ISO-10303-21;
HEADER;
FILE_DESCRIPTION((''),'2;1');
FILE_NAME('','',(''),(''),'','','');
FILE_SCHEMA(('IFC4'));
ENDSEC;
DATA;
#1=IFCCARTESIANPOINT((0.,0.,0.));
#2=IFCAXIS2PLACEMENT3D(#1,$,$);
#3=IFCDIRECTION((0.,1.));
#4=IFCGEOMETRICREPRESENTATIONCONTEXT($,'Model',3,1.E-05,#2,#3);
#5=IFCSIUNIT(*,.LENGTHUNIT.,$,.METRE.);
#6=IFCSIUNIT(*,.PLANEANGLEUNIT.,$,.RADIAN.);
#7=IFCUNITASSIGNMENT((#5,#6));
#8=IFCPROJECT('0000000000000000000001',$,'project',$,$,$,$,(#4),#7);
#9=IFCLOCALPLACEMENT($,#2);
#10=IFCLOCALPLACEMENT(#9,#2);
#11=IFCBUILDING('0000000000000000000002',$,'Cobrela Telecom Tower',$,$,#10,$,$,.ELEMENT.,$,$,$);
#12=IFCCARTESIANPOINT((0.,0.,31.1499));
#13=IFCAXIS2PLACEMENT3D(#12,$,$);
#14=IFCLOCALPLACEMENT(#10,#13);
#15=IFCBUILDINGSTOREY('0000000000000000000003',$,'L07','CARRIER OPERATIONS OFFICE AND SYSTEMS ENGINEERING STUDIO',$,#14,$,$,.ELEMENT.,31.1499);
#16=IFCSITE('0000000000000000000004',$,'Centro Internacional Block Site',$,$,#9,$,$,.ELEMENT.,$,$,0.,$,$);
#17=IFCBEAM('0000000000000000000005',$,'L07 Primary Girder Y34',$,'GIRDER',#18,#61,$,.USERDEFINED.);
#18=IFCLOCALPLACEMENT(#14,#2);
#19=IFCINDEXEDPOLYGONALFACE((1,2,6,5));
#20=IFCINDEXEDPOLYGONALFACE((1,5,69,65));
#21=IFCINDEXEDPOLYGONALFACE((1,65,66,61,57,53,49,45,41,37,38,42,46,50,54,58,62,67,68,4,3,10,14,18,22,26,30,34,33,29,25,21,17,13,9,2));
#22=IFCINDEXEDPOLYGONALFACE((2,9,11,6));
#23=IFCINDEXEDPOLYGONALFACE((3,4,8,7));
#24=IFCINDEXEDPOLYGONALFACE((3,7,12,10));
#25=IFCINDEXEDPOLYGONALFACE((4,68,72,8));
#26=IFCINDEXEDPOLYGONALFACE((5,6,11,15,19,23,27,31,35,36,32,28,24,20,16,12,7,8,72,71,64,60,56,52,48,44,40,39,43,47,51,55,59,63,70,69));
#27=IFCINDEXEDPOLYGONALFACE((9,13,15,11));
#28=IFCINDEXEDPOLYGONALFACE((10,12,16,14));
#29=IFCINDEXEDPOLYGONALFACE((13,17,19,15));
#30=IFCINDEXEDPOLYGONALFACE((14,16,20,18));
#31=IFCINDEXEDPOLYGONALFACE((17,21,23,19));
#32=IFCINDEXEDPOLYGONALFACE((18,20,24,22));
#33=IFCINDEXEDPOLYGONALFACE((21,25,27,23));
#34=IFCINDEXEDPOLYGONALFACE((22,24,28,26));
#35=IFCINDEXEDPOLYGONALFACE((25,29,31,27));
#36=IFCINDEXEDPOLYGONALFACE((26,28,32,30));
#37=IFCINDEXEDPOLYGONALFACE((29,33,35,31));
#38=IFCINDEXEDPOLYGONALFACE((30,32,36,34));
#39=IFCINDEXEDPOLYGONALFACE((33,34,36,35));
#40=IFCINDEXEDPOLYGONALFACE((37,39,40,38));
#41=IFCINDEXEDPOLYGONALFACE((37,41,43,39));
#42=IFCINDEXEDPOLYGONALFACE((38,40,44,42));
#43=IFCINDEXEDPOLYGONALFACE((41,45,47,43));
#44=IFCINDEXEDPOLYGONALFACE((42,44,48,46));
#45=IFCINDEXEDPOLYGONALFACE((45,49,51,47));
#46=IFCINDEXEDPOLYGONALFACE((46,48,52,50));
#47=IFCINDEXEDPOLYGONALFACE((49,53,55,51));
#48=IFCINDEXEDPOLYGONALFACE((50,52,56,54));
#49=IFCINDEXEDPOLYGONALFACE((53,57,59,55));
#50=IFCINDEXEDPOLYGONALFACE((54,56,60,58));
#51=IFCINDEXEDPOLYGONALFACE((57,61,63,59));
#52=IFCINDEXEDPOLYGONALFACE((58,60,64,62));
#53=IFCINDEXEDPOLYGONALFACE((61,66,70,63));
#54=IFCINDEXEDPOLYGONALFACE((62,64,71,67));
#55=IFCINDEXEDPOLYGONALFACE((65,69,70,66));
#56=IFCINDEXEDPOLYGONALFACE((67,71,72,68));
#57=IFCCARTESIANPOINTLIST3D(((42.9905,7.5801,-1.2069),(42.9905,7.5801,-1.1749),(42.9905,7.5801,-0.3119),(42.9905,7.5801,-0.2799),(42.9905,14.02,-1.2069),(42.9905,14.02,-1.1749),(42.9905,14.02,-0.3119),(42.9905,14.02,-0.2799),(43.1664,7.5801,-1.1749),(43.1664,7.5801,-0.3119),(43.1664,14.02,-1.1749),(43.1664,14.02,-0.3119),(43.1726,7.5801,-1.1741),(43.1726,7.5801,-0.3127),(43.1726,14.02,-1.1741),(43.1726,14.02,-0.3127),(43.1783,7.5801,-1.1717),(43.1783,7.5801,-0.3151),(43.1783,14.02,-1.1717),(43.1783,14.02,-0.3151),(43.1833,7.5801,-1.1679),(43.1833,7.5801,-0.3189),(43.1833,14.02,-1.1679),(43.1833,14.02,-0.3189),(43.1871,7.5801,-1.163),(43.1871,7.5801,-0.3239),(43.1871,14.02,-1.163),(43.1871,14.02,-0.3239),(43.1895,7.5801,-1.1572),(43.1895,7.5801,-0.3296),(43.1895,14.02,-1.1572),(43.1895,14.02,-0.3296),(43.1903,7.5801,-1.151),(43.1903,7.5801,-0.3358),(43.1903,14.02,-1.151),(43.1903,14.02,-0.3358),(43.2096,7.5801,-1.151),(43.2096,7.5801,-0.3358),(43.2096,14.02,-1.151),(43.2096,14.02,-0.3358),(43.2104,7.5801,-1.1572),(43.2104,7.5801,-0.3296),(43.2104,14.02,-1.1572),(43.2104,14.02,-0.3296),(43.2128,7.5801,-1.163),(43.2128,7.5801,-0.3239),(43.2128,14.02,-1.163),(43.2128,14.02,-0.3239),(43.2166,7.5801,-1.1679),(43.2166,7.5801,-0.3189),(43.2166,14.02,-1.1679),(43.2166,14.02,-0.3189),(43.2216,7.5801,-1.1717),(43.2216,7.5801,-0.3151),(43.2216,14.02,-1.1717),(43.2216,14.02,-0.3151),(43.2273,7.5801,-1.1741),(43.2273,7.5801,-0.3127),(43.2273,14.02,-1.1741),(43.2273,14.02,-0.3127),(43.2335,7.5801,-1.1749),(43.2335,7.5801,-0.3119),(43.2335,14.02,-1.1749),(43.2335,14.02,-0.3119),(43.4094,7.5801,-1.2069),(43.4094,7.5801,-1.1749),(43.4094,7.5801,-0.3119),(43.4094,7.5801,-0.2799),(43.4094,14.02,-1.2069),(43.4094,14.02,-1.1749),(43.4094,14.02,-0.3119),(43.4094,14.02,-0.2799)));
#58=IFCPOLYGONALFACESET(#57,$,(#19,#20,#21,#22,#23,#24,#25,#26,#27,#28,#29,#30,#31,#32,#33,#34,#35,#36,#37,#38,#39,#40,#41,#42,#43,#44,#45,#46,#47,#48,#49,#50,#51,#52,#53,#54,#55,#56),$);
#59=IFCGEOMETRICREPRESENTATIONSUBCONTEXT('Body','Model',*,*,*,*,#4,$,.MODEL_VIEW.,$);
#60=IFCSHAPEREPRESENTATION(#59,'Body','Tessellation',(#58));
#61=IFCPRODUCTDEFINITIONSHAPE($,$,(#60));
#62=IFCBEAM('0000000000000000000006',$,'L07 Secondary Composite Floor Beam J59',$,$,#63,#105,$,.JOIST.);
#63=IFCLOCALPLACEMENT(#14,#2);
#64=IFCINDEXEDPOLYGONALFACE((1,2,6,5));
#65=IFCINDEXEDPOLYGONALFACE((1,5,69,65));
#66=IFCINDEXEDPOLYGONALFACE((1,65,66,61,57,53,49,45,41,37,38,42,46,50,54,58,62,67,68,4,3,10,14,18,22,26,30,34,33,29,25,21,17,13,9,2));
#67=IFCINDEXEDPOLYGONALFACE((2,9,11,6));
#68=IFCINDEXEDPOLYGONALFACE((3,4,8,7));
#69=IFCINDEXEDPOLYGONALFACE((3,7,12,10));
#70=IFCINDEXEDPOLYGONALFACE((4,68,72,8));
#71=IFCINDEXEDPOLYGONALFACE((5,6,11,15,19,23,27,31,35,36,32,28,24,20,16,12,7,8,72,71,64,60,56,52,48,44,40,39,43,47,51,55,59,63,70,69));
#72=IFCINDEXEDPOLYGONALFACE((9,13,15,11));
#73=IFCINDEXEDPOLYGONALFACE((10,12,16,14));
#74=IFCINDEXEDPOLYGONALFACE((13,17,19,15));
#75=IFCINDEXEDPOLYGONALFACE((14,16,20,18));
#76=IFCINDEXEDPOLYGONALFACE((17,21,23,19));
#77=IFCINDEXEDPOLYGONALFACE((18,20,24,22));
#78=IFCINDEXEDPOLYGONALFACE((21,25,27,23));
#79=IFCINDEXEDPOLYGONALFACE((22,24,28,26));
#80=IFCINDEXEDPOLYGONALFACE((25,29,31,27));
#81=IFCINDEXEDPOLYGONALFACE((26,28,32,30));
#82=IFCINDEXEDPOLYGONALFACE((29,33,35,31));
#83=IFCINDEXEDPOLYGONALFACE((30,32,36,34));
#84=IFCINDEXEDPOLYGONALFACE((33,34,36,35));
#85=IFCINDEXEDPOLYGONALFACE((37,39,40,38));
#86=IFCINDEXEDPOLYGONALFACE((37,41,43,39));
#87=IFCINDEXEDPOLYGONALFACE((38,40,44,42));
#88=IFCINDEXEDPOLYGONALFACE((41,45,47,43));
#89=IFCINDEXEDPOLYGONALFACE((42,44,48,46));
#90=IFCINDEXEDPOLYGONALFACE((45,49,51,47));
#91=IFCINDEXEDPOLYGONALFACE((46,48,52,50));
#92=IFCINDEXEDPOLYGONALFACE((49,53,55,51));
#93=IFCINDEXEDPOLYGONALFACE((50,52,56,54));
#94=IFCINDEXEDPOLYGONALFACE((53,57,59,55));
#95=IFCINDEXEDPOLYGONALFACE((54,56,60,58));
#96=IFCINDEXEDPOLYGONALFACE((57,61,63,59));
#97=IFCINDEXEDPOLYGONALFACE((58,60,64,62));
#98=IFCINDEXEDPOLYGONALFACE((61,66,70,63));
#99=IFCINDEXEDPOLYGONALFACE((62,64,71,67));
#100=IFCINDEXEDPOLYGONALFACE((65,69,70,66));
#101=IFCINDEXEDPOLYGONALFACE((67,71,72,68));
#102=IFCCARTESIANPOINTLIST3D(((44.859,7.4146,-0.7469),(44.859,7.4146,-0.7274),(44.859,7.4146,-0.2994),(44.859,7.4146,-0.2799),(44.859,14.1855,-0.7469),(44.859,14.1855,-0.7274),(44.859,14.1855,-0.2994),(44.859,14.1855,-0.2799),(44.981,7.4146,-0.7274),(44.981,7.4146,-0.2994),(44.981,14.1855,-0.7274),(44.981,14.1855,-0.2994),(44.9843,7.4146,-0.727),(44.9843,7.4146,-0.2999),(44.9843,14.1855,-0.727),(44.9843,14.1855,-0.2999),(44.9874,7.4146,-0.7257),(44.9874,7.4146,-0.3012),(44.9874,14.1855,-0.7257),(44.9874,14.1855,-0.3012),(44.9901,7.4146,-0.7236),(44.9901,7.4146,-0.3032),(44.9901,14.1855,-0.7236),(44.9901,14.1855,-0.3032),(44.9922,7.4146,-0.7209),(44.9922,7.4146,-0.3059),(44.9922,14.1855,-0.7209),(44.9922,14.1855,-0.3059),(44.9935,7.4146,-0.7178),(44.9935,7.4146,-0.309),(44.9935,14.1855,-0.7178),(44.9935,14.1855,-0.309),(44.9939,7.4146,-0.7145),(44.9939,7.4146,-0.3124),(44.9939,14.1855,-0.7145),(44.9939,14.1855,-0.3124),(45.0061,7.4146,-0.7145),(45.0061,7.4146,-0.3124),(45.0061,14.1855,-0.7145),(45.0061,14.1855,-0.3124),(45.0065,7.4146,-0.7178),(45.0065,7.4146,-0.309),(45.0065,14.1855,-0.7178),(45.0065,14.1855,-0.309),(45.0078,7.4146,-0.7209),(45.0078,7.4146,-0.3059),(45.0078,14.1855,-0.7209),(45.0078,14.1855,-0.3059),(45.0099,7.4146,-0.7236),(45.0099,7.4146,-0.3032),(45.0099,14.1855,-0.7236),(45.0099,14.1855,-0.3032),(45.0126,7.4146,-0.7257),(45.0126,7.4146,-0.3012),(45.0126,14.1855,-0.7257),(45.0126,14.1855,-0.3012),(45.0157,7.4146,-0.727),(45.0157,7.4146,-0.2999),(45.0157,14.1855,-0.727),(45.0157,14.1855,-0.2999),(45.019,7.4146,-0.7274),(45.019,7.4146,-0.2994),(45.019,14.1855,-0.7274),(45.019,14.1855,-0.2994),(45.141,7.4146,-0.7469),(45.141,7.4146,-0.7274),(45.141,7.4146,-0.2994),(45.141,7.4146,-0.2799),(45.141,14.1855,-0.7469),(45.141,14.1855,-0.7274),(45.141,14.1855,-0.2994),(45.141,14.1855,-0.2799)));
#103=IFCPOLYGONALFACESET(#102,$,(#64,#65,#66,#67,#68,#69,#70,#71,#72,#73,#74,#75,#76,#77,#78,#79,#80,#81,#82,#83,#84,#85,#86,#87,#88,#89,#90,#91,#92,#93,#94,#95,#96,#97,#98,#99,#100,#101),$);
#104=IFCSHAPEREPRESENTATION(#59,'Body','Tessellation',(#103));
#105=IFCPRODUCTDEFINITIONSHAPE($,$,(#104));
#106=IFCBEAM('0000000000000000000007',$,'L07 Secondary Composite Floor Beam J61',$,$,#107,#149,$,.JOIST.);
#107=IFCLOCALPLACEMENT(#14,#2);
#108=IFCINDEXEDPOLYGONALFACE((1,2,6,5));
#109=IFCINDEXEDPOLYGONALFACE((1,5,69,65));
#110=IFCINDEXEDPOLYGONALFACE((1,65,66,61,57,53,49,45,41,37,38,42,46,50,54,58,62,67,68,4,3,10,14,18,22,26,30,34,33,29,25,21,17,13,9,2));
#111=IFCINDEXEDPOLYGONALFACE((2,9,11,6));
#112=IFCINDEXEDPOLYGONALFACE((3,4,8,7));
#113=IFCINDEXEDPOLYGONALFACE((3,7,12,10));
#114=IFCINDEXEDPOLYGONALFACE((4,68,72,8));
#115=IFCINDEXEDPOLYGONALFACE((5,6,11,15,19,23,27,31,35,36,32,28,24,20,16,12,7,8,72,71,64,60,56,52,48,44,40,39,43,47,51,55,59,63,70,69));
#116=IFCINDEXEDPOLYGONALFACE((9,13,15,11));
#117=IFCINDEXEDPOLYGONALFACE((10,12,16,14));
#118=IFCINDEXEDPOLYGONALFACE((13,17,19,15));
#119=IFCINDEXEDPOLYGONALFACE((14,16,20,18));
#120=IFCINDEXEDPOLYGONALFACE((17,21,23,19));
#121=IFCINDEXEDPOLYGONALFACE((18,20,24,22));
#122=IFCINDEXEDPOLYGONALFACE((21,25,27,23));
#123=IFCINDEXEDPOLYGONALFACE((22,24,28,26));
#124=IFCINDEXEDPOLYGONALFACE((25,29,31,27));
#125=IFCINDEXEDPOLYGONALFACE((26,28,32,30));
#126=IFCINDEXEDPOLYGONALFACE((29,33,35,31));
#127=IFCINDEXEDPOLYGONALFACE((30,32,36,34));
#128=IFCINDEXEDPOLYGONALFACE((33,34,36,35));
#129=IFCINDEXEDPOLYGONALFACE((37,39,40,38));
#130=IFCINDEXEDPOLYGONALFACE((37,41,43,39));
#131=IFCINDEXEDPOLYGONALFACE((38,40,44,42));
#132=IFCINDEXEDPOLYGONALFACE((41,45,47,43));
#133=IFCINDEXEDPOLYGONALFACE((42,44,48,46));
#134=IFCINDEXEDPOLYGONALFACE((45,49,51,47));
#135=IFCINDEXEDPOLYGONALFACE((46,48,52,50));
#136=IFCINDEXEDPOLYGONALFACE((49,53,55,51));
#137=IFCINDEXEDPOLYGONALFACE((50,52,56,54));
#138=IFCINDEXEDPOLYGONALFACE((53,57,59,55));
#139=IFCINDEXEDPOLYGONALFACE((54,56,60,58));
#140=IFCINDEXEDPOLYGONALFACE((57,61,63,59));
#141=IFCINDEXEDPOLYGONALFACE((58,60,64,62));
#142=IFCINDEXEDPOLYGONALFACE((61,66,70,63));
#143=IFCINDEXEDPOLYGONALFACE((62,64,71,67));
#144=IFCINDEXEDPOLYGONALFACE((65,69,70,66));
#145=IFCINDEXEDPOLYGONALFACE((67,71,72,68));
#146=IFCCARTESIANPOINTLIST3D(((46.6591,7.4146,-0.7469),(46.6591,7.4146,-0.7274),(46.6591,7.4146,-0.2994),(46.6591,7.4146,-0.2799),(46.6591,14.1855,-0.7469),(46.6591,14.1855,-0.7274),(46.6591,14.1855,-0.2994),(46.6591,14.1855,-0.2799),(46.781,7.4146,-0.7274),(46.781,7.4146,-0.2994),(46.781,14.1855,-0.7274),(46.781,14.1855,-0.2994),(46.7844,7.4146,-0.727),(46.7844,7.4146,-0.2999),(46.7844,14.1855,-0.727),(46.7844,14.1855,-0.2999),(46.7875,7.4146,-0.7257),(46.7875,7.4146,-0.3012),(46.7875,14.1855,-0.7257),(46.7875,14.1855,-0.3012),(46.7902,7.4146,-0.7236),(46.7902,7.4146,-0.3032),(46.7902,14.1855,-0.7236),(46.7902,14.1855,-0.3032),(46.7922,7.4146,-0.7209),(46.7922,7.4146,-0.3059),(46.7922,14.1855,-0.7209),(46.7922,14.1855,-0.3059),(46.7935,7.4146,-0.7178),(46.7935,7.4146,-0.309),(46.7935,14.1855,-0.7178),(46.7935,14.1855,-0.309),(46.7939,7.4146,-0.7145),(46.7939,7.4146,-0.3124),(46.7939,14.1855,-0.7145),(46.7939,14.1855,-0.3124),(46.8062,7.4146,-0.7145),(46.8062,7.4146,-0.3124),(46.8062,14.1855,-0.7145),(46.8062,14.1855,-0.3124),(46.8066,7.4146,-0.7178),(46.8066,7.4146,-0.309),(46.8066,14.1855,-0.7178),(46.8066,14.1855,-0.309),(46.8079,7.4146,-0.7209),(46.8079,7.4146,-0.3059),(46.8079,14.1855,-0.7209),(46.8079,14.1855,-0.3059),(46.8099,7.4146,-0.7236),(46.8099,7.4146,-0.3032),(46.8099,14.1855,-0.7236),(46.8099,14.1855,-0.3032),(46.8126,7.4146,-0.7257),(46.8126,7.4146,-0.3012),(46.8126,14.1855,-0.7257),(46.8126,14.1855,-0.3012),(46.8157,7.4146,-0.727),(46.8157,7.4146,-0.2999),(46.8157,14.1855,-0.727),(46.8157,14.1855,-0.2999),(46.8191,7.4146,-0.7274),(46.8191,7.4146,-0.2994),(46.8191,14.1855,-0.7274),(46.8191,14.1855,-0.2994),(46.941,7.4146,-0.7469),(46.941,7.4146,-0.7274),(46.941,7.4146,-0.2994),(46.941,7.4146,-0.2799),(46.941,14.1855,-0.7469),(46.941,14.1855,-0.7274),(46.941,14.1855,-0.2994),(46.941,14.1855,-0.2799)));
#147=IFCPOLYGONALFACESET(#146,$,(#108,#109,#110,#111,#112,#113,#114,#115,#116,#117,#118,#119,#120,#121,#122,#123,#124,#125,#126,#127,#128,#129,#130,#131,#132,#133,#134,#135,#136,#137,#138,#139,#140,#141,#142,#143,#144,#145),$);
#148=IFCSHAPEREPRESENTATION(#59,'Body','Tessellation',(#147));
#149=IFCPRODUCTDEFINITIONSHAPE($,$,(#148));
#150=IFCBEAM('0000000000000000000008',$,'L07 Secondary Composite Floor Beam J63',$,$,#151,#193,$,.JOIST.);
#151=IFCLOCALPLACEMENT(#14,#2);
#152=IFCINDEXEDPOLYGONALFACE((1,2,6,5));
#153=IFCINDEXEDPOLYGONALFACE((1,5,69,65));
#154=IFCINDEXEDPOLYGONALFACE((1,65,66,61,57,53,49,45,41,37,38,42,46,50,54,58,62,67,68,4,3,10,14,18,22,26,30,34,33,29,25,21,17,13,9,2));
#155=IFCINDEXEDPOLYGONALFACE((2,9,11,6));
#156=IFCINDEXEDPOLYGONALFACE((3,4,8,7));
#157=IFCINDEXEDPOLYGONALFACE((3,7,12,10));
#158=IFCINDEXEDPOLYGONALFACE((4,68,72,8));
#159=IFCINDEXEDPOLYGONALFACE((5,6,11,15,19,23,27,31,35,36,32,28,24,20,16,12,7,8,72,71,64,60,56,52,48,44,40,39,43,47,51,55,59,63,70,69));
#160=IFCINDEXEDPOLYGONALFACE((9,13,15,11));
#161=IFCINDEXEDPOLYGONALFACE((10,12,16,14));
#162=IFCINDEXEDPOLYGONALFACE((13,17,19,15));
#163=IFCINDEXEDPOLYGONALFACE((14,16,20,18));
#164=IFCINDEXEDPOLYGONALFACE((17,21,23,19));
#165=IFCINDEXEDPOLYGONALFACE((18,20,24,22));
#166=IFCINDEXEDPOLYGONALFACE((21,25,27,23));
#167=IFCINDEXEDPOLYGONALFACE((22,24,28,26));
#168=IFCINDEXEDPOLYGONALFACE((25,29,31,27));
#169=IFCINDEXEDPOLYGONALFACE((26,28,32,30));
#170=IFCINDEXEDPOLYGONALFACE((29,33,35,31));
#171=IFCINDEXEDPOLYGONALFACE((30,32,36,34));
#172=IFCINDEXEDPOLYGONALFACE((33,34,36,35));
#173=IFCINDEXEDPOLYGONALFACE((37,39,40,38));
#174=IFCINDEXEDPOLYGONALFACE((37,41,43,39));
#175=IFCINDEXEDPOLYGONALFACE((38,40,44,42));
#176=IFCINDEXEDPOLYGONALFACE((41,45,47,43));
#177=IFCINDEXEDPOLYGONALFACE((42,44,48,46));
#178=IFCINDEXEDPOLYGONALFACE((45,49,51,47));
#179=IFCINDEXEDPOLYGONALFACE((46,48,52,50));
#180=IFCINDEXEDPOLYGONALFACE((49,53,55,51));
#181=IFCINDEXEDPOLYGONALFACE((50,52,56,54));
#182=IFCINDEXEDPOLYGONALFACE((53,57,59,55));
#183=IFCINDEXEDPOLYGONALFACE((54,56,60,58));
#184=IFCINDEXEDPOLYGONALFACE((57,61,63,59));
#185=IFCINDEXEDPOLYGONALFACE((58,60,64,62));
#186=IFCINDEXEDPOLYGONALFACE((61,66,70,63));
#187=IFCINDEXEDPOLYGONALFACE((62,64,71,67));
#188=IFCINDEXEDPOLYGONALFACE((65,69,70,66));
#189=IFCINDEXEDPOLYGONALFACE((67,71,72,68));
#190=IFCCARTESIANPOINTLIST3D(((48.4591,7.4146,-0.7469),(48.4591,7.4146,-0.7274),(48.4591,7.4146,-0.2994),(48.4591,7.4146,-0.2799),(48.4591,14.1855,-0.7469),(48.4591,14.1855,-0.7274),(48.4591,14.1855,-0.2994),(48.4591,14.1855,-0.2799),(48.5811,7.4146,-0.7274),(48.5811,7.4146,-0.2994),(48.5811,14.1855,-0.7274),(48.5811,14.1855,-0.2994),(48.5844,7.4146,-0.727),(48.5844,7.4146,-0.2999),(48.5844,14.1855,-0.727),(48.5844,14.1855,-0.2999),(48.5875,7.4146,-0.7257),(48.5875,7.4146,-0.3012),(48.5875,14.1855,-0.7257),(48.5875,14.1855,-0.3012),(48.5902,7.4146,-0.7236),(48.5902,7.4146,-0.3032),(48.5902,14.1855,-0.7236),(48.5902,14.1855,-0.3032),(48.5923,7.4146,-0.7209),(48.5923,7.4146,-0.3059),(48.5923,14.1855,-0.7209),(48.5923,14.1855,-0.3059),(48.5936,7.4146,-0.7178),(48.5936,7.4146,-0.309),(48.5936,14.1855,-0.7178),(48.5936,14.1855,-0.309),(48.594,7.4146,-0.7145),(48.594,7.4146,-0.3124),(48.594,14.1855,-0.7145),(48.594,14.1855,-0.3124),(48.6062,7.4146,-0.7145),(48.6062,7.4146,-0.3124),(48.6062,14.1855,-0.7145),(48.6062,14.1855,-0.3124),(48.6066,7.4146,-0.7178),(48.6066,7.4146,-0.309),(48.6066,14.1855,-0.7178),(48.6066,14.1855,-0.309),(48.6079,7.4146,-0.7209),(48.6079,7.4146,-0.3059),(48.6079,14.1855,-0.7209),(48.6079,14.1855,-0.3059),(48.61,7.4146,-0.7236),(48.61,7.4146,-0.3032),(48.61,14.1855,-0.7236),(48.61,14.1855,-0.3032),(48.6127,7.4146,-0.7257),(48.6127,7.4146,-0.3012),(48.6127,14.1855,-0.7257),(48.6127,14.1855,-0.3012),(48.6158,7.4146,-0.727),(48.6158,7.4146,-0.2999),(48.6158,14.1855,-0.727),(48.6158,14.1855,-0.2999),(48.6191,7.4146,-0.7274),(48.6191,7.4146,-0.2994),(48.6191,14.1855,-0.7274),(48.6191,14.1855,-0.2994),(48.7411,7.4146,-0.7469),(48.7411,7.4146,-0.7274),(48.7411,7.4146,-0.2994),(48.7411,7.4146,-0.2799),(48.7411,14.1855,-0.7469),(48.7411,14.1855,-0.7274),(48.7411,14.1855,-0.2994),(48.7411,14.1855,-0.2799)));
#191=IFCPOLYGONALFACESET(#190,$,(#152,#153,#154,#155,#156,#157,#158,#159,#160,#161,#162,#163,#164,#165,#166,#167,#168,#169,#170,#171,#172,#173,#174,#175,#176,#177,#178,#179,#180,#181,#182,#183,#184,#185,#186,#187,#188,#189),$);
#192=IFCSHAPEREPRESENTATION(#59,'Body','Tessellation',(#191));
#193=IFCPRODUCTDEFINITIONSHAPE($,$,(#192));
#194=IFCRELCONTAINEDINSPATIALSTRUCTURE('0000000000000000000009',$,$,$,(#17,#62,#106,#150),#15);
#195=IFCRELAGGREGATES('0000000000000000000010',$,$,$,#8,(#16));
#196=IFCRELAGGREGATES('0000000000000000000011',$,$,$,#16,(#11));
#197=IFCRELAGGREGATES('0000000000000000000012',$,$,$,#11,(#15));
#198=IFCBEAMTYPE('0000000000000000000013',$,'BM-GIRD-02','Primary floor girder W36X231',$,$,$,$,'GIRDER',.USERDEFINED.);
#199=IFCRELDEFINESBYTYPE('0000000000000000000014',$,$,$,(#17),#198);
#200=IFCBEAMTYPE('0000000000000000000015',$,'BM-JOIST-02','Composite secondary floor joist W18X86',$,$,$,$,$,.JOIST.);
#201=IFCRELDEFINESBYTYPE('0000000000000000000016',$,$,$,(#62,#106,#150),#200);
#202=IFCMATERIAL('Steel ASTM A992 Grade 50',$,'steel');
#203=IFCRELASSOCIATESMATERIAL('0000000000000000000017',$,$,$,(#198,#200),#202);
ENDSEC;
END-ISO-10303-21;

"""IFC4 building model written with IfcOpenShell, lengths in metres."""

from ifc_helpers import new_model, si_unit, direction, frame, origin, origin_2d, place, context, subcontext, project, spatial, i_section, extrude, material, material_profile, profile_set, type_object, element, save


model = new_model("IFC4")

# Units and contexts
model_context = context("Model", 3, precision=1e-05, world=origin(), true_north=direction((0.0, 1.0)))
body_context = subcontext(model_context, "Body", "Model", "MODEL_VIEW")
ifc_project = project(units=[si_unit("LENGTHUNIT", "METRE"), si_unit("PLANEANGLEUNIT", "RADIAN")], contexts=[model_context])

# Site, building, storey
site_placement = place(None, origin())
site = spatial("IfcSite", under=ifc_project, at=site_placement, Name="Centro Internacional Block Site", CompositionType="ELEMENT", RefElevation=0.0)
building_placement = place(site_placement, origin())
building = spatial("IfcBuilding", under=site, at=building_placement, Name="Cobrela Telecom Tower", CompositionType="ELEMENT")
storey_placement = place(building_placement, frame((0.0, 0.0, 31.1499)))
storey = spatial("IfcBuildingStorey", under=building, at=storey_placement, Name="L07", Description="CARRIER OPERATIONS OFFICE AND SYSTEMS ENGINEERING STUDIO", CompositionType="ELEMENT", Elevation=31.1499)

# Shared definitions
ifc_material_1 = material(Name="Steel ASTM A992 Grade 50", Category="steel")

# Beams
ifc_material_profile_1 = material_profile(ifc_material_1, i_section(OverallWidth=0.4189, OverallDepth=0.927, WebThickness=0.0193, FlangeThickness=0.032, FilletRadius=0.0239, at=origin_2d()), Name="W36X231")
ifc_profile_set_1 = profile_set([ifc_material_profile_1], Name="Steel ASTM A992 Grade 50")
beam_type_1 = type_object("IfcBeamType", Name="BM-GIRD-02", Description="Primary floor girder W36X231", ElementType="GIRDER", PredefinedType="USERDEFINED", material=ifc_profile_set_1)
beam_1_placement = place(storey_placement, frame((43.2, 7.5801, -0.7434), z_axis=(0.0, 1.0, 0.0), x_axis=(-1.0, 0.0, 0.0)))
element("IfcBeam", 1, at=beam_1_placement, inside=storey, type_object=beam_type_1, Name="L07 Primary Girder Y34", ObjectType="GIRDER", PredefinedType="USERDEFINED", context=body_context, shape_type="SweptSolid", body=[
    extrude(i_section(OverallWidth=0.4189, OverallDepth=0.927, WebThickness=0.0193, FlangeThickness=0.032, FilletRadius=0.0239, at=origin_2d()), origin(), (0.0, 0.0, 1.0), 6.4399),
])
ifc_material_profile_2 = material_profile(ifc_material_1, i_section(OverallWidth=0.282, OverallDepth=0.467, WebThickness=0.0122, FlangeThickness=0.0195, FilletRadius=0.0129, at=origin_2d()), Name="W18X86")
ifc_profile_set_2 = profile_set([ifc_material_profile_2], Name="Steel ASTM A992 Grade 50")
beam_type_2 = type_object("IfcBeamType", Name="BM-JOIST-02", Description="Composite secondary floor joist W18X86", PredefinedType="JOIST", material=ifc_profile_set_2)
for number, where, z_axis, x_axis, name in (
    (2, (45.0, 7.4146, -0.5134), (0.0, 1.0, 0.0), (-1.0, 0.0, 0.0), "L07 Secondary Composite Floor Beam J59"),
    (3, (46.8, 7.4146, -0.5134), (0.0, 1.0, 0.0), (-1.0, 0.0, 0.0), "L07 Secondary Composite Floor Beam J61"),
    (4, (48.6001, 7.4146, -0.5134), (0.0, 1.0, 0.0), (-1.0, 0.0, 0.0), "L07 Secondary Composite Floor Beam J63"),
):
    element("IfcBeam", number, at=place(storey_placement, frame(where, z_axis=z_axis, x_axis=x_axis)), inside=storey, type_object=beam_type_2, Name=name, PredefinedType="JOIST", context=body_context, shape_type="SweptSolid", body=[
        extrude(i_section(OverallWidth=0.282, OverallDepth=0.467, WebThickness=0.0122, FlangeThickness=0.0195, FilletRadius=0.0129, at=origin_2d()), origin(), (0.0, 0.0, 1.0), 6.771),
    ])

save(model, "model.ifc")
